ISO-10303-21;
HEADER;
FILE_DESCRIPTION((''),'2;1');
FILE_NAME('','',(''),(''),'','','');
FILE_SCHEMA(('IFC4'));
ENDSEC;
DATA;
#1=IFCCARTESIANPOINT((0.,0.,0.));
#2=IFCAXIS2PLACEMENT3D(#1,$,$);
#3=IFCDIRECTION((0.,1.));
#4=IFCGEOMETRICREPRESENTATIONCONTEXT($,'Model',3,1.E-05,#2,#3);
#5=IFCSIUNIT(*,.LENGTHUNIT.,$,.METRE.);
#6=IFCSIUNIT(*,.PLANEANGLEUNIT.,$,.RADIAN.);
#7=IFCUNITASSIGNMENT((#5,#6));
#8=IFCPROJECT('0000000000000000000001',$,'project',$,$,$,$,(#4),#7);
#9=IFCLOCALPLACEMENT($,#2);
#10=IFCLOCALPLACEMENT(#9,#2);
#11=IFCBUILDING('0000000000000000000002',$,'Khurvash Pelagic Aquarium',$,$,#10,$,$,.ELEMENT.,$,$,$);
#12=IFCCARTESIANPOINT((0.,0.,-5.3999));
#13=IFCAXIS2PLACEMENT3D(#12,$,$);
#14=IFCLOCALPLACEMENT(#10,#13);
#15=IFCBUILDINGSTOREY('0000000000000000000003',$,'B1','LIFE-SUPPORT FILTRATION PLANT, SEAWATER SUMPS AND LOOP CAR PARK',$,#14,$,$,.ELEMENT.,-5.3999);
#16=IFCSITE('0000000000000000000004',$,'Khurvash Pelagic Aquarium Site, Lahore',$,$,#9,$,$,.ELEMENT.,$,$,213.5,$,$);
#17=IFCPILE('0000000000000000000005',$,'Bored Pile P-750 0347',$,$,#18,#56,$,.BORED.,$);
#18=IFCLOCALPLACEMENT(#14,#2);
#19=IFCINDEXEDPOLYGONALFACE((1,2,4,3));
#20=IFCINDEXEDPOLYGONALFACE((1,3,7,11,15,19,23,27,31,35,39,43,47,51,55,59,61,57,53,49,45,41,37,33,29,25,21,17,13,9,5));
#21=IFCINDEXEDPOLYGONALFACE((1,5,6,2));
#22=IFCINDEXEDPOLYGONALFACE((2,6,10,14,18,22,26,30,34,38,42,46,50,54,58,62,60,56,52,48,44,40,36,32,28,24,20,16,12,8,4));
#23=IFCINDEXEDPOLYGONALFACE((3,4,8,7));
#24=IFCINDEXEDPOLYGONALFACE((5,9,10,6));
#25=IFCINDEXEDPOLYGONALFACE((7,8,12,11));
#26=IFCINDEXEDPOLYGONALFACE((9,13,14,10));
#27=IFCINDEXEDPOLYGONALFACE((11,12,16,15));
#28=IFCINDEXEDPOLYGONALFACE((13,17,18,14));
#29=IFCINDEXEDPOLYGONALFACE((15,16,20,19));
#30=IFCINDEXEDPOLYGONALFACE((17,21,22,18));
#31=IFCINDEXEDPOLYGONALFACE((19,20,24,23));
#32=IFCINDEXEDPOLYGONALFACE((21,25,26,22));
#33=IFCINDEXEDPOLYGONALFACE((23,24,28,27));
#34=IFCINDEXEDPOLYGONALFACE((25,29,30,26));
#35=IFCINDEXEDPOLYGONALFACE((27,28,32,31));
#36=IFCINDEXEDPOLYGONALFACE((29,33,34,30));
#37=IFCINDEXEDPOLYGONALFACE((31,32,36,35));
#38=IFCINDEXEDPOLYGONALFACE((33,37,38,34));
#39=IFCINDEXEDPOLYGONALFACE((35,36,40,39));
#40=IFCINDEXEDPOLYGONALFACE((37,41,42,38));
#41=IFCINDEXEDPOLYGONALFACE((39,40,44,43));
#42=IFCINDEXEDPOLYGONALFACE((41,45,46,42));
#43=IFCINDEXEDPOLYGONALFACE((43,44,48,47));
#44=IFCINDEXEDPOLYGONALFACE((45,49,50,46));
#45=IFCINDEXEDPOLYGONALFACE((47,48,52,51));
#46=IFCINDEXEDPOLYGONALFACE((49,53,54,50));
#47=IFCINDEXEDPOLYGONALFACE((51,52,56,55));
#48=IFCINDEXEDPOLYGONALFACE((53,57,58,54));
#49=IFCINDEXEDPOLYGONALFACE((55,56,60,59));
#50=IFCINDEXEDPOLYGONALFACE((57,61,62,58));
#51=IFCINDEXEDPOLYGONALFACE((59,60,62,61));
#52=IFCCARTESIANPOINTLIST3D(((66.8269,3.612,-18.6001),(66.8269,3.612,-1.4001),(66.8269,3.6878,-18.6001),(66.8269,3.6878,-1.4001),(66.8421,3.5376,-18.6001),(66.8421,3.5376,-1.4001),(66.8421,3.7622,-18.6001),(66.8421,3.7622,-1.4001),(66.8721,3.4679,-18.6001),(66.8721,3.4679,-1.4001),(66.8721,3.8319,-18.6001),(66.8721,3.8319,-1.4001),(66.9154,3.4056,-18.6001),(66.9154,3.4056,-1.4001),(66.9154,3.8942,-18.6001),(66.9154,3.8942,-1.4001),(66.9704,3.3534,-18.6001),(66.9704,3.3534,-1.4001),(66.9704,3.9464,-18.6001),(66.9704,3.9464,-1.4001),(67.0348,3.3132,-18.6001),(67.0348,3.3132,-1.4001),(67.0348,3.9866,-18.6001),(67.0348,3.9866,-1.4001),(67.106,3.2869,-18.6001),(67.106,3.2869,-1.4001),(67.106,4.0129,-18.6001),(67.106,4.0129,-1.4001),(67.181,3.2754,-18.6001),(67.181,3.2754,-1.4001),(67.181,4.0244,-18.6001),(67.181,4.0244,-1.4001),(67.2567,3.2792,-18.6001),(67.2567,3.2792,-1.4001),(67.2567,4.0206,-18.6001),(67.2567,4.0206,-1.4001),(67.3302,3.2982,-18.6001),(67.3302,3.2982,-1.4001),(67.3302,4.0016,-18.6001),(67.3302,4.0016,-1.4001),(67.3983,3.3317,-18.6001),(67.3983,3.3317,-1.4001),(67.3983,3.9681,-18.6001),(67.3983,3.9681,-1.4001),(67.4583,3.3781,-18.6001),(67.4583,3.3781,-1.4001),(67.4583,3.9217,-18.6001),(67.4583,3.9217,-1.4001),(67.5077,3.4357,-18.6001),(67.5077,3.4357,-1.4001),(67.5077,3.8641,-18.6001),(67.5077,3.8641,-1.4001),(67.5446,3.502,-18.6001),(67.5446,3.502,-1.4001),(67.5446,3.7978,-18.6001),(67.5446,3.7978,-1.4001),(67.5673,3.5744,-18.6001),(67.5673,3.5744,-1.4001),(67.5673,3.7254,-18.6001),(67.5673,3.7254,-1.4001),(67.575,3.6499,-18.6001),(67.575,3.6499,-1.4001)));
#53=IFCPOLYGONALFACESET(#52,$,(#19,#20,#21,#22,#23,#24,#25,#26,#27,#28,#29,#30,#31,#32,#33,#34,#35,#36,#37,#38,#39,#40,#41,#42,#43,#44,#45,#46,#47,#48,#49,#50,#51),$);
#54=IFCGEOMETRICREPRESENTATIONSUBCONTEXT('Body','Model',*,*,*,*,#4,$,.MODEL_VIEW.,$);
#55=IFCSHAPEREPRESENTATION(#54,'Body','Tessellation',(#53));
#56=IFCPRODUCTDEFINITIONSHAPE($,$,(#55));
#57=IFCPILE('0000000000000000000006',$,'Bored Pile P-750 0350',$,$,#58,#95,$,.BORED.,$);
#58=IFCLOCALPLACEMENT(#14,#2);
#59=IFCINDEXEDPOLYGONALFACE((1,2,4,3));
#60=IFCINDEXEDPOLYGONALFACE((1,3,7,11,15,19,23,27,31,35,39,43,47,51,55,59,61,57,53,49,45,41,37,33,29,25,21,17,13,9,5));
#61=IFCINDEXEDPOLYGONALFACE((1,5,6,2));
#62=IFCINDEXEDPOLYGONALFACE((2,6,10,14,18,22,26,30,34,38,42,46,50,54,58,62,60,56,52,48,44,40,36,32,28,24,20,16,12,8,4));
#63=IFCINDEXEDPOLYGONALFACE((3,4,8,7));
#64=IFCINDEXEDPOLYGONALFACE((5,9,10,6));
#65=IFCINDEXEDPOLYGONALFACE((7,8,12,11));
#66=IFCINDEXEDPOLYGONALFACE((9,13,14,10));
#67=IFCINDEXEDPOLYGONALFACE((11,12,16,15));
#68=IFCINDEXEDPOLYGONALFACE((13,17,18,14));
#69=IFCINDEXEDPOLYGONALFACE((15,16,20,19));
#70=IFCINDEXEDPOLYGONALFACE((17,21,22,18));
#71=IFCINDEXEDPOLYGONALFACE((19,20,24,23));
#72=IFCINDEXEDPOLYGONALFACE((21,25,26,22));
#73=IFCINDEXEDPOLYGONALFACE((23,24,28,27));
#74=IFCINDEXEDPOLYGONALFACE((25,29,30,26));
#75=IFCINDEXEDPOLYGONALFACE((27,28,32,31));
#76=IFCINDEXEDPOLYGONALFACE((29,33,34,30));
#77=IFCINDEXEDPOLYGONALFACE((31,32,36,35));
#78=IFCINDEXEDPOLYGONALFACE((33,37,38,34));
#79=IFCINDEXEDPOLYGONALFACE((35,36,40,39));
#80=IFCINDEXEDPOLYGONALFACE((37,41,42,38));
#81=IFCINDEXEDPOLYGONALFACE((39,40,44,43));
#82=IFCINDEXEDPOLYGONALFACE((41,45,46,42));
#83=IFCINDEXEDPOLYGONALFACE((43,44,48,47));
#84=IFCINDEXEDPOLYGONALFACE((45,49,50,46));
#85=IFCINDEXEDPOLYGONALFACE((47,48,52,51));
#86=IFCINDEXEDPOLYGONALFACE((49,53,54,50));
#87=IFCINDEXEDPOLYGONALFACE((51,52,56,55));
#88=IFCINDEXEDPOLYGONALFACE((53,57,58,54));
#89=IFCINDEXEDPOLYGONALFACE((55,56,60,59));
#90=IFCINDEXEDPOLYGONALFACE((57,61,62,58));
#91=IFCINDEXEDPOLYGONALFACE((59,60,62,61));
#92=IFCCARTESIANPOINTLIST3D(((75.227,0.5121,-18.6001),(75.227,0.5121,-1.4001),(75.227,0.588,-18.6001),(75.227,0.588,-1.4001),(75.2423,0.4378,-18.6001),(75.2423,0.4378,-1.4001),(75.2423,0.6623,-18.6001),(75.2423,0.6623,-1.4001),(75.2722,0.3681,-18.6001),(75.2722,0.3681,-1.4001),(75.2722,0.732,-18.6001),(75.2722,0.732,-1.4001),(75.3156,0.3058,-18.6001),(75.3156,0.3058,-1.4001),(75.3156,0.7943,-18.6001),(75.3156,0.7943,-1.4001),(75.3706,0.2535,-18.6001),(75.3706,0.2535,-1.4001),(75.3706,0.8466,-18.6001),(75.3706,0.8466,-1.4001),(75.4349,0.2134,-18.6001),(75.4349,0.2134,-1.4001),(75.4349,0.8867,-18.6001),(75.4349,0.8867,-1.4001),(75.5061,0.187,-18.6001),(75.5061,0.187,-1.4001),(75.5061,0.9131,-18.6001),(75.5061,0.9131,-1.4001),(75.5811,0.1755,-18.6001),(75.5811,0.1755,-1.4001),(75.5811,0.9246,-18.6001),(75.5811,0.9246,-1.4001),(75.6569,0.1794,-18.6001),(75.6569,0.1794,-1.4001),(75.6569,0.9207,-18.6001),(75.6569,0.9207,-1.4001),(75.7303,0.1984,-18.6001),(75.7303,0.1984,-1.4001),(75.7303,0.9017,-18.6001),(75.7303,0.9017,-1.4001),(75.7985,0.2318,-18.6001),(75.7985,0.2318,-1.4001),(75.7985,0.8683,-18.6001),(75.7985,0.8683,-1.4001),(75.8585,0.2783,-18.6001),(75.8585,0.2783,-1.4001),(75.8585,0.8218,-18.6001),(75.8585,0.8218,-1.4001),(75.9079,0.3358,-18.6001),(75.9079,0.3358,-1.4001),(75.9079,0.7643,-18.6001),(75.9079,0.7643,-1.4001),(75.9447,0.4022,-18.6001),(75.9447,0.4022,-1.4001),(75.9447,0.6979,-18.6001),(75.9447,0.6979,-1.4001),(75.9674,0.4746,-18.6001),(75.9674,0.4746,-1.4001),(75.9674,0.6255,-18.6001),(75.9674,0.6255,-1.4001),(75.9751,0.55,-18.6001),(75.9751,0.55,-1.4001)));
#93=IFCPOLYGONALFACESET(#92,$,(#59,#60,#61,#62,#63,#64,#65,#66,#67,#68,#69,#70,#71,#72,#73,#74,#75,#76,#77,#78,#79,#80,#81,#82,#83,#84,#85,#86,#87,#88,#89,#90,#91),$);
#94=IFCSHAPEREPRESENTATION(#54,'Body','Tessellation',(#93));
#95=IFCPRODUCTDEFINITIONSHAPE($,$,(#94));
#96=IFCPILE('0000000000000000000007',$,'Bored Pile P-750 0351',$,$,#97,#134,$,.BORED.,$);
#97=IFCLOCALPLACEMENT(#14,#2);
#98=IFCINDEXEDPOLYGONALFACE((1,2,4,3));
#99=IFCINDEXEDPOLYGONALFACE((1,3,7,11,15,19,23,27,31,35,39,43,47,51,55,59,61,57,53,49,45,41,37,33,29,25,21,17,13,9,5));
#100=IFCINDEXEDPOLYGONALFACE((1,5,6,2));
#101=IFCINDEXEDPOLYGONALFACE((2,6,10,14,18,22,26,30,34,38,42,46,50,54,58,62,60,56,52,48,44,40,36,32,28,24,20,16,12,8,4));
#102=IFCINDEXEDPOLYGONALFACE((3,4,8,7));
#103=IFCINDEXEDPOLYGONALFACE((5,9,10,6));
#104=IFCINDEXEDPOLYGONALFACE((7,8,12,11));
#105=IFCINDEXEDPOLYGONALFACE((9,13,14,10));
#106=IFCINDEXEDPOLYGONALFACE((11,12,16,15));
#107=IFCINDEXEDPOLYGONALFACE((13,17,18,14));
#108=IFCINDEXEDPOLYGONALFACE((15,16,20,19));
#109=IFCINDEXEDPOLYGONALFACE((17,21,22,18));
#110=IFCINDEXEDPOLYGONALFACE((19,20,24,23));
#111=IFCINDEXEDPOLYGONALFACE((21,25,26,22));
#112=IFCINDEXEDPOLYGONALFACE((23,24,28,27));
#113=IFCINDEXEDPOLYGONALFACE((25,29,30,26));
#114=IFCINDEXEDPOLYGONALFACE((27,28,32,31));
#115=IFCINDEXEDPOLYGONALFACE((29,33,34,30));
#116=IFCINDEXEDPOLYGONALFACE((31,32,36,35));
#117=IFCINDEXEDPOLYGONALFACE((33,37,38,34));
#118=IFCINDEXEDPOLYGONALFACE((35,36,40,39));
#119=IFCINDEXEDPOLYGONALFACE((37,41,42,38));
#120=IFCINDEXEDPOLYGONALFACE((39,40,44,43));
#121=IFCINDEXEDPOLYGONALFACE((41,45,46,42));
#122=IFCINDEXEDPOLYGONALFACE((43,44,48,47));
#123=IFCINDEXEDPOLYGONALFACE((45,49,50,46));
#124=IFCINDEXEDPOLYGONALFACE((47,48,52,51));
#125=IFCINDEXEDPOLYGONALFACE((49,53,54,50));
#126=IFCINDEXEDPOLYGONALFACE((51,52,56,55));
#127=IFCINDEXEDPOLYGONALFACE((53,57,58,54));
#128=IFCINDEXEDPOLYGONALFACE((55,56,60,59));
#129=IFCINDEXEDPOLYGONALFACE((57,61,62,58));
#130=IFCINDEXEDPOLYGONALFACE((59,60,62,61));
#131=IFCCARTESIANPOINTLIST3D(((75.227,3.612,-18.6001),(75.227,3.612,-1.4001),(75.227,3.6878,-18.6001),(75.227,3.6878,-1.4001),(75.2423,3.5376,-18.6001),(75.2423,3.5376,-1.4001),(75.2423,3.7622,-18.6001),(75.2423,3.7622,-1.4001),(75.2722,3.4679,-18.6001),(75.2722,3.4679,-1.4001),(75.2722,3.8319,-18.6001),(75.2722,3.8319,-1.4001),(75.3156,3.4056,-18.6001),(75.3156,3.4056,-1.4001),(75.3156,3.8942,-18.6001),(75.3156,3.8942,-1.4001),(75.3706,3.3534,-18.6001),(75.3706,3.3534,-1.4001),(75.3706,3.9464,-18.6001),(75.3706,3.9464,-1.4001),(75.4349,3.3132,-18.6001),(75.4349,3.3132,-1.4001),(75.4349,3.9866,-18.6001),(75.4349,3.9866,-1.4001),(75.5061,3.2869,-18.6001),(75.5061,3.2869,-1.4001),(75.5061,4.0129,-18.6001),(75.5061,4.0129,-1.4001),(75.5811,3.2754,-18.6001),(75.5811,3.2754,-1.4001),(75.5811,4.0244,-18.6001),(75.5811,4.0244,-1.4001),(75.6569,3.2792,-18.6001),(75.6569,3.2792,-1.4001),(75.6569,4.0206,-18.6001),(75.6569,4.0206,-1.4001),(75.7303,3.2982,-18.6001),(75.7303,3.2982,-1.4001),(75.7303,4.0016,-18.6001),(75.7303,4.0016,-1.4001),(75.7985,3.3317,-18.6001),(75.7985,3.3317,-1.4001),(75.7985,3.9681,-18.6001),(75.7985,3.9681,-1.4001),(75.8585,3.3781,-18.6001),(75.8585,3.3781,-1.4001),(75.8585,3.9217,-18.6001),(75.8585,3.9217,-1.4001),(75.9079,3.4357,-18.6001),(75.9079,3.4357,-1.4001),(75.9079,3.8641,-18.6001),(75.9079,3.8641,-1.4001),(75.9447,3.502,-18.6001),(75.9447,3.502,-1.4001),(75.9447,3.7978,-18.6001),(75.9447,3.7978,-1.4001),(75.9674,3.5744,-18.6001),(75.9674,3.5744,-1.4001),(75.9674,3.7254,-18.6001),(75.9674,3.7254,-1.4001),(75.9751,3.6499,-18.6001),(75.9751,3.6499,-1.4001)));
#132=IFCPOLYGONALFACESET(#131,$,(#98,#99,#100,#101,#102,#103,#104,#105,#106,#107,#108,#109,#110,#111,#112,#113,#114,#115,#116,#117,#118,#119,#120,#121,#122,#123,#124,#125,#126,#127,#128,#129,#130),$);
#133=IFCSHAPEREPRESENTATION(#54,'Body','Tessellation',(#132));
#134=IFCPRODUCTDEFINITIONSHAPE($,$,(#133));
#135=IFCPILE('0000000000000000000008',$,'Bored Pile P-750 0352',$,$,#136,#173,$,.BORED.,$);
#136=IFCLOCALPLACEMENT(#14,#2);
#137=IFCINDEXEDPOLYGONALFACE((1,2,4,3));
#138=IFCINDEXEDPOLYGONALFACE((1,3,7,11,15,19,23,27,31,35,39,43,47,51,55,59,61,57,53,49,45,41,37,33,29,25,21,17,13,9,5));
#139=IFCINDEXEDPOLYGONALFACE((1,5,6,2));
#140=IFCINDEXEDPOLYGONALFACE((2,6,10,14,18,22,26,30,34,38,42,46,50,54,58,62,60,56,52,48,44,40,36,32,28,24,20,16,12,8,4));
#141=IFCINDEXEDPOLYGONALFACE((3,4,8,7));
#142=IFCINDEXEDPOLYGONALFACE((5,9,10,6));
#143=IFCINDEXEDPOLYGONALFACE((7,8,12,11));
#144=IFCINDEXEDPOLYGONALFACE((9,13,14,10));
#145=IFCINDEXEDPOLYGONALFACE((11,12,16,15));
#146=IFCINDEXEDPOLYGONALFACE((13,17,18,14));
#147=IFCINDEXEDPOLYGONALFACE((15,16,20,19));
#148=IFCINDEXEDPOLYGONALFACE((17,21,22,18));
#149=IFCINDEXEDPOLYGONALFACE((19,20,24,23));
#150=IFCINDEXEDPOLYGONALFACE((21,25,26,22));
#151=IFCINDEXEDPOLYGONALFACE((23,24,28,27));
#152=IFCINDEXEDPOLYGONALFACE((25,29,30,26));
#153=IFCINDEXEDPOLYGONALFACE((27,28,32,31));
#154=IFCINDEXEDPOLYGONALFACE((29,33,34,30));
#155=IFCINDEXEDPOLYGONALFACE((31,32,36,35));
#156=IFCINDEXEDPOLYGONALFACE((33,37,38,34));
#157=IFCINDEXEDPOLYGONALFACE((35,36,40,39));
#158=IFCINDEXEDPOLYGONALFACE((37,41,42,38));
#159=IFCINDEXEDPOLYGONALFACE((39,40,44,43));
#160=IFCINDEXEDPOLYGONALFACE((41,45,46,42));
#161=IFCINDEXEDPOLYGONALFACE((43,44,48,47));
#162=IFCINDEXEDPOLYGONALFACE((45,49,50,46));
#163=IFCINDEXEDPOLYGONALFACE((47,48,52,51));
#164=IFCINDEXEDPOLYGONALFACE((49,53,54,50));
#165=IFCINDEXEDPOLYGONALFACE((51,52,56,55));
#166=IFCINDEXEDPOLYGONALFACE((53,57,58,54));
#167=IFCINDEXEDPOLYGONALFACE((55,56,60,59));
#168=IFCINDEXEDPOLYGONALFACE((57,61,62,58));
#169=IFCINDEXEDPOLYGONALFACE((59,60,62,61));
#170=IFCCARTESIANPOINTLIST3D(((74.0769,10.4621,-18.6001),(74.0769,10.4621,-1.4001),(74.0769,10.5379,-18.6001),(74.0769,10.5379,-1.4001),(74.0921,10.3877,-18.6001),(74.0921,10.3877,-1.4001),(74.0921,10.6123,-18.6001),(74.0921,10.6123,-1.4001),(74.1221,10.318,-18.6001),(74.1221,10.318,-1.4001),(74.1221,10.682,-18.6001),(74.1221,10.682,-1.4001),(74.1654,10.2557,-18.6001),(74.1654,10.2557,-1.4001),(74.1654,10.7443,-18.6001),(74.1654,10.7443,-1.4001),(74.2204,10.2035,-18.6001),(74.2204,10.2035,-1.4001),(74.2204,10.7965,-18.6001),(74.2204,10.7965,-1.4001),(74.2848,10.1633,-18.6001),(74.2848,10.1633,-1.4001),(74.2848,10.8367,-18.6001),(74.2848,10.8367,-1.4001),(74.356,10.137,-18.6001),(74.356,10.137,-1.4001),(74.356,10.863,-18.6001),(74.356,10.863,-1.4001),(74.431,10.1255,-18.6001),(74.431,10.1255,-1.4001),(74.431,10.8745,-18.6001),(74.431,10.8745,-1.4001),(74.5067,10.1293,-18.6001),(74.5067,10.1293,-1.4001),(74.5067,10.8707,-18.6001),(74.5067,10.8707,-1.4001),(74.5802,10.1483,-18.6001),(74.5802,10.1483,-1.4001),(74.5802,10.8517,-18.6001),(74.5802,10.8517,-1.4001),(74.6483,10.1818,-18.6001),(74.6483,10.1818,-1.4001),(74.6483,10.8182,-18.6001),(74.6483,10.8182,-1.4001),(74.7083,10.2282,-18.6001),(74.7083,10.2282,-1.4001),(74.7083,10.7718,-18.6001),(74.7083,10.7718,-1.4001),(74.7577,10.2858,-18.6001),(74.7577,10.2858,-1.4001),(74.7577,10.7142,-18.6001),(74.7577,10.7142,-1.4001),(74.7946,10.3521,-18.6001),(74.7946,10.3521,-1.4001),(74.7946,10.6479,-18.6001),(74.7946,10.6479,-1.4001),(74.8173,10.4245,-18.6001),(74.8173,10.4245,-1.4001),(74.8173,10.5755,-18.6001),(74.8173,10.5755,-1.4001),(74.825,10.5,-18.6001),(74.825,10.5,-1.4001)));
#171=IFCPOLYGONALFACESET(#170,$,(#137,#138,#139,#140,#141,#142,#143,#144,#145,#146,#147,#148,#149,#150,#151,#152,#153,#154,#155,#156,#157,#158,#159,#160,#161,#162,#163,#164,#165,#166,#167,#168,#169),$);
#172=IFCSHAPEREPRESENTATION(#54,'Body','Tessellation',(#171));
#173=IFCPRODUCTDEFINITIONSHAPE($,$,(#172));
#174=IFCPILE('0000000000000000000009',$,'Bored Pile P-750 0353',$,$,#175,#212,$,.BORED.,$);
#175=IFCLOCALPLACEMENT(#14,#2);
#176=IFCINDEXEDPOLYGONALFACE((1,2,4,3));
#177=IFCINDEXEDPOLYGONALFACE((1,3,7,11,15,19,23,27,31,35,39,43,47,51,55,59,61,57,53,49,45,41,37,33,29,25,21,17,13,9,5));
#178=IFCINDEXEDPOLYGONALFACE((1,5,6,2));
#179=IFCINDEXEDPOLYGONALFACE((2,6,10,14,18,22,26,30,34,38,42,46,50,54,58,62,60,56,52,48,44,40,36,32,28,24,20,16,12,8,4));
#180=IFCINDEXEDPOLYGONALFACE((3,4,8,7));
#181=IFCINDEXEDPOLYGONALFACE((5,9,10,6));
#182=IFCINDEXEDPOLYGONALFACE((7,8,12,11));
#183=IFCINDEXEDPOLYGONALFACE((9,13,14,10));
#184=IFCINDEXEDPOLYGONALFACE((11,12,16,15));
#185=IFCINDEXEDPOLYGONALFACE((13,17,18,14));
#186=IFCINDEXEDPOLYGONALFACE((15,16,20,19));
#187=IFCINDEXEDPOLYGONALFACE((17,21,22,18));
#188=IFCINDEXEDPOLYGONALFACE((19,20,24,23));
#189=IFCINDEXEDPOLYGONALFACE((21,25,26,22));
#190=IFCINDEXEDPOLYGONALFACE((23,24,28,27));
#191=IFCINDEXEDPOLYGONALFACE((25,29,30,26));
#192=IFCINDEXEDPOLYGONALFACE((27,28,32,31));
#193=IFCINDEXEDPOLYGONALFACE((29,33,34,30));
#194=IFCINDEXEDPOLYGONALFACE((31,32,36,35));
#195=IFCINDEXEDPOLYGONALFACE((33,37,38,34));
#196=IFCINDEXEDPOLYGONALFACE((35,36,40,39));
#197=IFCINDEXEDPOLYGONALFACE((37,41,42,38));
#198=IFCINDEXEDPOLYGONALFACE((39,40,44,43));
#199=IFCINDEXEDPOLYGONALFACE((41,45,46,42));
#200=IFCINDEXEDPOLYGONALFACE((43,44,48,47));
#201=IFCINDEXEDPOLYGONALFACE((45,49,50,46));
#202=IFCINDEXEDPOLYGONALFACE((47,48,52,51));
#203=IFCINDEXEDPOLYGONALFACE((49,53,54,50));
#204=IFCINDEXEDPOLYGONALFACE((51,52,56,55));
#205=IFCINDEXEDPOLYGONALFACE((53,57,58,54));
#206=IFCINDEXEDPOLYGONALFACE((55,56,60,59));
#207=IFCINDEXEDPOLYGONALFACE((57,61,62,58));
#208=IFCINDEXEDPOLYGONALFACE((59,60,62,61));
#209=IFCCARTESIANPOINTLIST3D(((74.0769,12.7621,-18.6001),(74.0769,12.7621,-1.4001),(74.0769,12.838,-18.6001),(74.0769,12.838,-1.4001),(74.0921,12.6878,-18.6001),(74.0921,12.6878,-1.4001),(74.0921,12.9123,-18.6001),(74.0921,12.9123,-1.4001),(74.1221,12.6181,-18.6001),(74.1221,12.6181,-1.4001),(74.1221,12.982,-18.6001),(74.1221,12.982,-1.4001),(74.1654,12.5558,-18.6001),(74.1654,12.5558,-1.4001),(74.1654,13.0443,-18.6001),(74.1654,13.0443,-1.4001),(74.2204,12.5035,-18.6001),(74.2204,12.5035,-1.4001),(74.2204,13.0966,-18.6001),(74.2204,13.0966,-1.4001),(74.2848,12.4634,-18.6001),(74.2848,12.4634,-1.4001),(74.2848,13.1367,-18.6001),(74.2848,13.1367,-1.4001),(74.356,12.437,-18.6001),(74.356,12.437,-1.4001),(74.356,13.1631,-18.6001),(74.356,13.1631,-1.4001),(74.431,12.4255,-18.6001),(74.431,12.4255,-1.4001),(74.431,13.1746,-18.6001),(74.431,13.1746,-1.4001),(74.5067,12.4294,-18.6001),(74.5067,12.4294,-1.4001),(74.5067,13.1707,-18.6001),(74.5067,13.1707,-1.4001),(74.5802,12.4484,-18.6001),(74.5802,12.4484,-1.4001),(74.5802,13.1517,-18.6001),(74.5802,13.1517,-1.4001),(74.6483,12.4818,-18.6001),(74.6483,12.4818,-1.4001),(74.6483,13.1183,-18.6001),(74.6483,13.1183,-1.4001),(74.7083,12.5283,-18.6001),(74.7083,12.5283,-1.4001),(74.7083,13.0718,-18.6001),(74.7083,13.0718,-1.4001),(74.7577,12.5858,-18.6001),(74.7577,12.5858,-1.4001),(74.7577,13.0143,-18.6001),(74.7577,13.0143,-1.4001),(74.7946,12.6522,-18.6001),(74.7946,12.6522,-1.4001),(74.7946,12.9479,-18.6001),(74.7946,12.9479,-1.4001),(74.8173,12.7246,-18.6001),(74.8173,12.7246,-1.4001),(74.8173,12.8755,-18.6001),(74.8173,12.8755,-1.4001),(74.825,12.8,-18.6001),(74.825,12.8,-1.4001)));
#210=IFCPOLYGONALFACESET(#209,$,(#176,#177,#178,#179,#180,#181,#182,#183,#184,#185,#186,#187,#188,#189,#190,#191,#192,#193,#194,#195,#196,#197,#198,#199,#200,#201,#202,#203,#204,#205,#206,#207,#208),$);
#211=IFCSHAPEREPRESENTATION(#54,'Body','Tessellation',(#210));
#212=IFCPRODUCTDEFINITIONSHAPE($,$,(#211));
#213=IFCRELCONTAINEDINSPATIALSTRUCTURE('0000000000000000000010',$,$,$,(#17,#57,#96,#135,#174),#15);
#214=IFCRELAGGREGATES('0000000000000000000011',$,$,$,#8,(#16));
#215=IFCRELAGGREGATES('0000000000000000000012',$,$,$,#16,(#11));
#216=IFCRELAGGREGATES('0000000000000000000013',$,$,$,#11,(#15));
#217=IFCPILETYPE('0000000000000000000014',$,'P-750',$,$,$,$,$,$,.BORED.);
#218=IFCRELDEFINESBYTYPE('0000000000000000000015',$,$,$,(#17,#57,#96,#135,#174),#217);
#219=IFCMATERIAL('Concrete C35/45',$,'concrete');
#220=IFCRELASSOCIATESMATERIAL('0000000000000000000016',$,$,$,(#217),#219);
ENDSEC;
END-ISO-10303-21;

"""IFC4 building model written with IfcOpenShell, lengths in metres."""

from ifc_helpers import new_model, si_unit, direction, frame, origin, origin_2d, place, context, subcontext, project, spatial, circle, extrude, material, material_profile, profile_set, type_object, element, save


model = new_model("IFC4")

# Units and contexts
model_context = context("Model", 3, precision=1e-05, world=origin(), true_north=direction((0.0, 1.0)))
body_context = subcontext(model_context, "Body", "Model", "MODEL_VIEW")
ifc_project = project(units=[si_unit("LENGTHUNIT", "METRE"), si_unit("PLANEANGLEUNIT", "RADIAN")], contexts=[model_context])

# Site, building, storey
site_placement = place(None, origin())
site = spatial("IfcSite", under=ifc_project, at=site_placement, Name="Khurvash Pelagic Aquarium Site, Lahore", CompositionType="ELEMENT", RefElevation=213.5)
building_placement = place(site_placement, origin())
building = spatial("IfcBuilding", under=site, at=building_placement, Name="Khurvash Pelagic Aquarium", CompositionType="ELEMENT")
storey_placement = place(building_placement, frame((0.0, 0.0, -5.3999)))
storey = spatial("IfcBuildingStorey", under=building, at=storey_placement, Name="B1", Description="LIFE-SUPPORT FILTRATION PLANT, SEAWATER SUMPS AND LOOP CAR PARK", CompositionType="ELEMENT", Elevation=-5.3999)

# Shared definitions
ifc_material_1 = material(Name="Concrete C35/45", Category="concrete")

# Piles
ifc_material_profile_1 = material_profile(ifc_material_1, circle(Radius=0.375, at=origin_2d()), Name="PILE750")
ifc_profile_set_1 = profile_set([ifc_material_profile_1], Name="Concrete C35/45")
pile_type = type_object("IfcPileType", Name="P-750", PredefinedType="BORED", material=ifc_profile_set_1)
for number, where, z_axis, x_axis, name in (
    (1, (67.2, 3.6499, -1.4001), (0.0, 0.0, -1.0), (1.0, 0.0, 0.0), "Bored Pile P-750 0347"),
    (2, (75.6001, 0.55, -1.4001), (0.0, 0.0, -1.0), (1.0, 0.0, 0.0), "Bored Pile P-750 0350"),
    (3, (75.6001, 3.6499, -1.4001), (0.0, 0.0, -1.0), (1.0, 0.0, 0.0), "Bored Pile P-750 0351"),
    (4, (74.45, 10.5, -1.4001), (0.0, 0.0, -1.0), (1.0, 0.0, 0.0), "Bored Pile P-750 0352"),
    (5, (74.45, 12.8, -1.4001), (0.0, 0.0, -1.0), (1.0, 0.0, 0.0), "Bored Pile P-750 0353"),
):
    element("IfcPile", number, at=place(storey_placement, frame(where, z_axis=z_axis, x_axis=x_axis)), inside=storey, type_object=pile_type, Name=name, PredefinedType="BORED", context=body_context, shape_type="SweptSolid", body=[
        extrude(circle(Radius=0.375, at=origin_2d()), origin(), (0.0, 0.0, 1.0), 17.2),
    ])

save(model, "model.ifc")
